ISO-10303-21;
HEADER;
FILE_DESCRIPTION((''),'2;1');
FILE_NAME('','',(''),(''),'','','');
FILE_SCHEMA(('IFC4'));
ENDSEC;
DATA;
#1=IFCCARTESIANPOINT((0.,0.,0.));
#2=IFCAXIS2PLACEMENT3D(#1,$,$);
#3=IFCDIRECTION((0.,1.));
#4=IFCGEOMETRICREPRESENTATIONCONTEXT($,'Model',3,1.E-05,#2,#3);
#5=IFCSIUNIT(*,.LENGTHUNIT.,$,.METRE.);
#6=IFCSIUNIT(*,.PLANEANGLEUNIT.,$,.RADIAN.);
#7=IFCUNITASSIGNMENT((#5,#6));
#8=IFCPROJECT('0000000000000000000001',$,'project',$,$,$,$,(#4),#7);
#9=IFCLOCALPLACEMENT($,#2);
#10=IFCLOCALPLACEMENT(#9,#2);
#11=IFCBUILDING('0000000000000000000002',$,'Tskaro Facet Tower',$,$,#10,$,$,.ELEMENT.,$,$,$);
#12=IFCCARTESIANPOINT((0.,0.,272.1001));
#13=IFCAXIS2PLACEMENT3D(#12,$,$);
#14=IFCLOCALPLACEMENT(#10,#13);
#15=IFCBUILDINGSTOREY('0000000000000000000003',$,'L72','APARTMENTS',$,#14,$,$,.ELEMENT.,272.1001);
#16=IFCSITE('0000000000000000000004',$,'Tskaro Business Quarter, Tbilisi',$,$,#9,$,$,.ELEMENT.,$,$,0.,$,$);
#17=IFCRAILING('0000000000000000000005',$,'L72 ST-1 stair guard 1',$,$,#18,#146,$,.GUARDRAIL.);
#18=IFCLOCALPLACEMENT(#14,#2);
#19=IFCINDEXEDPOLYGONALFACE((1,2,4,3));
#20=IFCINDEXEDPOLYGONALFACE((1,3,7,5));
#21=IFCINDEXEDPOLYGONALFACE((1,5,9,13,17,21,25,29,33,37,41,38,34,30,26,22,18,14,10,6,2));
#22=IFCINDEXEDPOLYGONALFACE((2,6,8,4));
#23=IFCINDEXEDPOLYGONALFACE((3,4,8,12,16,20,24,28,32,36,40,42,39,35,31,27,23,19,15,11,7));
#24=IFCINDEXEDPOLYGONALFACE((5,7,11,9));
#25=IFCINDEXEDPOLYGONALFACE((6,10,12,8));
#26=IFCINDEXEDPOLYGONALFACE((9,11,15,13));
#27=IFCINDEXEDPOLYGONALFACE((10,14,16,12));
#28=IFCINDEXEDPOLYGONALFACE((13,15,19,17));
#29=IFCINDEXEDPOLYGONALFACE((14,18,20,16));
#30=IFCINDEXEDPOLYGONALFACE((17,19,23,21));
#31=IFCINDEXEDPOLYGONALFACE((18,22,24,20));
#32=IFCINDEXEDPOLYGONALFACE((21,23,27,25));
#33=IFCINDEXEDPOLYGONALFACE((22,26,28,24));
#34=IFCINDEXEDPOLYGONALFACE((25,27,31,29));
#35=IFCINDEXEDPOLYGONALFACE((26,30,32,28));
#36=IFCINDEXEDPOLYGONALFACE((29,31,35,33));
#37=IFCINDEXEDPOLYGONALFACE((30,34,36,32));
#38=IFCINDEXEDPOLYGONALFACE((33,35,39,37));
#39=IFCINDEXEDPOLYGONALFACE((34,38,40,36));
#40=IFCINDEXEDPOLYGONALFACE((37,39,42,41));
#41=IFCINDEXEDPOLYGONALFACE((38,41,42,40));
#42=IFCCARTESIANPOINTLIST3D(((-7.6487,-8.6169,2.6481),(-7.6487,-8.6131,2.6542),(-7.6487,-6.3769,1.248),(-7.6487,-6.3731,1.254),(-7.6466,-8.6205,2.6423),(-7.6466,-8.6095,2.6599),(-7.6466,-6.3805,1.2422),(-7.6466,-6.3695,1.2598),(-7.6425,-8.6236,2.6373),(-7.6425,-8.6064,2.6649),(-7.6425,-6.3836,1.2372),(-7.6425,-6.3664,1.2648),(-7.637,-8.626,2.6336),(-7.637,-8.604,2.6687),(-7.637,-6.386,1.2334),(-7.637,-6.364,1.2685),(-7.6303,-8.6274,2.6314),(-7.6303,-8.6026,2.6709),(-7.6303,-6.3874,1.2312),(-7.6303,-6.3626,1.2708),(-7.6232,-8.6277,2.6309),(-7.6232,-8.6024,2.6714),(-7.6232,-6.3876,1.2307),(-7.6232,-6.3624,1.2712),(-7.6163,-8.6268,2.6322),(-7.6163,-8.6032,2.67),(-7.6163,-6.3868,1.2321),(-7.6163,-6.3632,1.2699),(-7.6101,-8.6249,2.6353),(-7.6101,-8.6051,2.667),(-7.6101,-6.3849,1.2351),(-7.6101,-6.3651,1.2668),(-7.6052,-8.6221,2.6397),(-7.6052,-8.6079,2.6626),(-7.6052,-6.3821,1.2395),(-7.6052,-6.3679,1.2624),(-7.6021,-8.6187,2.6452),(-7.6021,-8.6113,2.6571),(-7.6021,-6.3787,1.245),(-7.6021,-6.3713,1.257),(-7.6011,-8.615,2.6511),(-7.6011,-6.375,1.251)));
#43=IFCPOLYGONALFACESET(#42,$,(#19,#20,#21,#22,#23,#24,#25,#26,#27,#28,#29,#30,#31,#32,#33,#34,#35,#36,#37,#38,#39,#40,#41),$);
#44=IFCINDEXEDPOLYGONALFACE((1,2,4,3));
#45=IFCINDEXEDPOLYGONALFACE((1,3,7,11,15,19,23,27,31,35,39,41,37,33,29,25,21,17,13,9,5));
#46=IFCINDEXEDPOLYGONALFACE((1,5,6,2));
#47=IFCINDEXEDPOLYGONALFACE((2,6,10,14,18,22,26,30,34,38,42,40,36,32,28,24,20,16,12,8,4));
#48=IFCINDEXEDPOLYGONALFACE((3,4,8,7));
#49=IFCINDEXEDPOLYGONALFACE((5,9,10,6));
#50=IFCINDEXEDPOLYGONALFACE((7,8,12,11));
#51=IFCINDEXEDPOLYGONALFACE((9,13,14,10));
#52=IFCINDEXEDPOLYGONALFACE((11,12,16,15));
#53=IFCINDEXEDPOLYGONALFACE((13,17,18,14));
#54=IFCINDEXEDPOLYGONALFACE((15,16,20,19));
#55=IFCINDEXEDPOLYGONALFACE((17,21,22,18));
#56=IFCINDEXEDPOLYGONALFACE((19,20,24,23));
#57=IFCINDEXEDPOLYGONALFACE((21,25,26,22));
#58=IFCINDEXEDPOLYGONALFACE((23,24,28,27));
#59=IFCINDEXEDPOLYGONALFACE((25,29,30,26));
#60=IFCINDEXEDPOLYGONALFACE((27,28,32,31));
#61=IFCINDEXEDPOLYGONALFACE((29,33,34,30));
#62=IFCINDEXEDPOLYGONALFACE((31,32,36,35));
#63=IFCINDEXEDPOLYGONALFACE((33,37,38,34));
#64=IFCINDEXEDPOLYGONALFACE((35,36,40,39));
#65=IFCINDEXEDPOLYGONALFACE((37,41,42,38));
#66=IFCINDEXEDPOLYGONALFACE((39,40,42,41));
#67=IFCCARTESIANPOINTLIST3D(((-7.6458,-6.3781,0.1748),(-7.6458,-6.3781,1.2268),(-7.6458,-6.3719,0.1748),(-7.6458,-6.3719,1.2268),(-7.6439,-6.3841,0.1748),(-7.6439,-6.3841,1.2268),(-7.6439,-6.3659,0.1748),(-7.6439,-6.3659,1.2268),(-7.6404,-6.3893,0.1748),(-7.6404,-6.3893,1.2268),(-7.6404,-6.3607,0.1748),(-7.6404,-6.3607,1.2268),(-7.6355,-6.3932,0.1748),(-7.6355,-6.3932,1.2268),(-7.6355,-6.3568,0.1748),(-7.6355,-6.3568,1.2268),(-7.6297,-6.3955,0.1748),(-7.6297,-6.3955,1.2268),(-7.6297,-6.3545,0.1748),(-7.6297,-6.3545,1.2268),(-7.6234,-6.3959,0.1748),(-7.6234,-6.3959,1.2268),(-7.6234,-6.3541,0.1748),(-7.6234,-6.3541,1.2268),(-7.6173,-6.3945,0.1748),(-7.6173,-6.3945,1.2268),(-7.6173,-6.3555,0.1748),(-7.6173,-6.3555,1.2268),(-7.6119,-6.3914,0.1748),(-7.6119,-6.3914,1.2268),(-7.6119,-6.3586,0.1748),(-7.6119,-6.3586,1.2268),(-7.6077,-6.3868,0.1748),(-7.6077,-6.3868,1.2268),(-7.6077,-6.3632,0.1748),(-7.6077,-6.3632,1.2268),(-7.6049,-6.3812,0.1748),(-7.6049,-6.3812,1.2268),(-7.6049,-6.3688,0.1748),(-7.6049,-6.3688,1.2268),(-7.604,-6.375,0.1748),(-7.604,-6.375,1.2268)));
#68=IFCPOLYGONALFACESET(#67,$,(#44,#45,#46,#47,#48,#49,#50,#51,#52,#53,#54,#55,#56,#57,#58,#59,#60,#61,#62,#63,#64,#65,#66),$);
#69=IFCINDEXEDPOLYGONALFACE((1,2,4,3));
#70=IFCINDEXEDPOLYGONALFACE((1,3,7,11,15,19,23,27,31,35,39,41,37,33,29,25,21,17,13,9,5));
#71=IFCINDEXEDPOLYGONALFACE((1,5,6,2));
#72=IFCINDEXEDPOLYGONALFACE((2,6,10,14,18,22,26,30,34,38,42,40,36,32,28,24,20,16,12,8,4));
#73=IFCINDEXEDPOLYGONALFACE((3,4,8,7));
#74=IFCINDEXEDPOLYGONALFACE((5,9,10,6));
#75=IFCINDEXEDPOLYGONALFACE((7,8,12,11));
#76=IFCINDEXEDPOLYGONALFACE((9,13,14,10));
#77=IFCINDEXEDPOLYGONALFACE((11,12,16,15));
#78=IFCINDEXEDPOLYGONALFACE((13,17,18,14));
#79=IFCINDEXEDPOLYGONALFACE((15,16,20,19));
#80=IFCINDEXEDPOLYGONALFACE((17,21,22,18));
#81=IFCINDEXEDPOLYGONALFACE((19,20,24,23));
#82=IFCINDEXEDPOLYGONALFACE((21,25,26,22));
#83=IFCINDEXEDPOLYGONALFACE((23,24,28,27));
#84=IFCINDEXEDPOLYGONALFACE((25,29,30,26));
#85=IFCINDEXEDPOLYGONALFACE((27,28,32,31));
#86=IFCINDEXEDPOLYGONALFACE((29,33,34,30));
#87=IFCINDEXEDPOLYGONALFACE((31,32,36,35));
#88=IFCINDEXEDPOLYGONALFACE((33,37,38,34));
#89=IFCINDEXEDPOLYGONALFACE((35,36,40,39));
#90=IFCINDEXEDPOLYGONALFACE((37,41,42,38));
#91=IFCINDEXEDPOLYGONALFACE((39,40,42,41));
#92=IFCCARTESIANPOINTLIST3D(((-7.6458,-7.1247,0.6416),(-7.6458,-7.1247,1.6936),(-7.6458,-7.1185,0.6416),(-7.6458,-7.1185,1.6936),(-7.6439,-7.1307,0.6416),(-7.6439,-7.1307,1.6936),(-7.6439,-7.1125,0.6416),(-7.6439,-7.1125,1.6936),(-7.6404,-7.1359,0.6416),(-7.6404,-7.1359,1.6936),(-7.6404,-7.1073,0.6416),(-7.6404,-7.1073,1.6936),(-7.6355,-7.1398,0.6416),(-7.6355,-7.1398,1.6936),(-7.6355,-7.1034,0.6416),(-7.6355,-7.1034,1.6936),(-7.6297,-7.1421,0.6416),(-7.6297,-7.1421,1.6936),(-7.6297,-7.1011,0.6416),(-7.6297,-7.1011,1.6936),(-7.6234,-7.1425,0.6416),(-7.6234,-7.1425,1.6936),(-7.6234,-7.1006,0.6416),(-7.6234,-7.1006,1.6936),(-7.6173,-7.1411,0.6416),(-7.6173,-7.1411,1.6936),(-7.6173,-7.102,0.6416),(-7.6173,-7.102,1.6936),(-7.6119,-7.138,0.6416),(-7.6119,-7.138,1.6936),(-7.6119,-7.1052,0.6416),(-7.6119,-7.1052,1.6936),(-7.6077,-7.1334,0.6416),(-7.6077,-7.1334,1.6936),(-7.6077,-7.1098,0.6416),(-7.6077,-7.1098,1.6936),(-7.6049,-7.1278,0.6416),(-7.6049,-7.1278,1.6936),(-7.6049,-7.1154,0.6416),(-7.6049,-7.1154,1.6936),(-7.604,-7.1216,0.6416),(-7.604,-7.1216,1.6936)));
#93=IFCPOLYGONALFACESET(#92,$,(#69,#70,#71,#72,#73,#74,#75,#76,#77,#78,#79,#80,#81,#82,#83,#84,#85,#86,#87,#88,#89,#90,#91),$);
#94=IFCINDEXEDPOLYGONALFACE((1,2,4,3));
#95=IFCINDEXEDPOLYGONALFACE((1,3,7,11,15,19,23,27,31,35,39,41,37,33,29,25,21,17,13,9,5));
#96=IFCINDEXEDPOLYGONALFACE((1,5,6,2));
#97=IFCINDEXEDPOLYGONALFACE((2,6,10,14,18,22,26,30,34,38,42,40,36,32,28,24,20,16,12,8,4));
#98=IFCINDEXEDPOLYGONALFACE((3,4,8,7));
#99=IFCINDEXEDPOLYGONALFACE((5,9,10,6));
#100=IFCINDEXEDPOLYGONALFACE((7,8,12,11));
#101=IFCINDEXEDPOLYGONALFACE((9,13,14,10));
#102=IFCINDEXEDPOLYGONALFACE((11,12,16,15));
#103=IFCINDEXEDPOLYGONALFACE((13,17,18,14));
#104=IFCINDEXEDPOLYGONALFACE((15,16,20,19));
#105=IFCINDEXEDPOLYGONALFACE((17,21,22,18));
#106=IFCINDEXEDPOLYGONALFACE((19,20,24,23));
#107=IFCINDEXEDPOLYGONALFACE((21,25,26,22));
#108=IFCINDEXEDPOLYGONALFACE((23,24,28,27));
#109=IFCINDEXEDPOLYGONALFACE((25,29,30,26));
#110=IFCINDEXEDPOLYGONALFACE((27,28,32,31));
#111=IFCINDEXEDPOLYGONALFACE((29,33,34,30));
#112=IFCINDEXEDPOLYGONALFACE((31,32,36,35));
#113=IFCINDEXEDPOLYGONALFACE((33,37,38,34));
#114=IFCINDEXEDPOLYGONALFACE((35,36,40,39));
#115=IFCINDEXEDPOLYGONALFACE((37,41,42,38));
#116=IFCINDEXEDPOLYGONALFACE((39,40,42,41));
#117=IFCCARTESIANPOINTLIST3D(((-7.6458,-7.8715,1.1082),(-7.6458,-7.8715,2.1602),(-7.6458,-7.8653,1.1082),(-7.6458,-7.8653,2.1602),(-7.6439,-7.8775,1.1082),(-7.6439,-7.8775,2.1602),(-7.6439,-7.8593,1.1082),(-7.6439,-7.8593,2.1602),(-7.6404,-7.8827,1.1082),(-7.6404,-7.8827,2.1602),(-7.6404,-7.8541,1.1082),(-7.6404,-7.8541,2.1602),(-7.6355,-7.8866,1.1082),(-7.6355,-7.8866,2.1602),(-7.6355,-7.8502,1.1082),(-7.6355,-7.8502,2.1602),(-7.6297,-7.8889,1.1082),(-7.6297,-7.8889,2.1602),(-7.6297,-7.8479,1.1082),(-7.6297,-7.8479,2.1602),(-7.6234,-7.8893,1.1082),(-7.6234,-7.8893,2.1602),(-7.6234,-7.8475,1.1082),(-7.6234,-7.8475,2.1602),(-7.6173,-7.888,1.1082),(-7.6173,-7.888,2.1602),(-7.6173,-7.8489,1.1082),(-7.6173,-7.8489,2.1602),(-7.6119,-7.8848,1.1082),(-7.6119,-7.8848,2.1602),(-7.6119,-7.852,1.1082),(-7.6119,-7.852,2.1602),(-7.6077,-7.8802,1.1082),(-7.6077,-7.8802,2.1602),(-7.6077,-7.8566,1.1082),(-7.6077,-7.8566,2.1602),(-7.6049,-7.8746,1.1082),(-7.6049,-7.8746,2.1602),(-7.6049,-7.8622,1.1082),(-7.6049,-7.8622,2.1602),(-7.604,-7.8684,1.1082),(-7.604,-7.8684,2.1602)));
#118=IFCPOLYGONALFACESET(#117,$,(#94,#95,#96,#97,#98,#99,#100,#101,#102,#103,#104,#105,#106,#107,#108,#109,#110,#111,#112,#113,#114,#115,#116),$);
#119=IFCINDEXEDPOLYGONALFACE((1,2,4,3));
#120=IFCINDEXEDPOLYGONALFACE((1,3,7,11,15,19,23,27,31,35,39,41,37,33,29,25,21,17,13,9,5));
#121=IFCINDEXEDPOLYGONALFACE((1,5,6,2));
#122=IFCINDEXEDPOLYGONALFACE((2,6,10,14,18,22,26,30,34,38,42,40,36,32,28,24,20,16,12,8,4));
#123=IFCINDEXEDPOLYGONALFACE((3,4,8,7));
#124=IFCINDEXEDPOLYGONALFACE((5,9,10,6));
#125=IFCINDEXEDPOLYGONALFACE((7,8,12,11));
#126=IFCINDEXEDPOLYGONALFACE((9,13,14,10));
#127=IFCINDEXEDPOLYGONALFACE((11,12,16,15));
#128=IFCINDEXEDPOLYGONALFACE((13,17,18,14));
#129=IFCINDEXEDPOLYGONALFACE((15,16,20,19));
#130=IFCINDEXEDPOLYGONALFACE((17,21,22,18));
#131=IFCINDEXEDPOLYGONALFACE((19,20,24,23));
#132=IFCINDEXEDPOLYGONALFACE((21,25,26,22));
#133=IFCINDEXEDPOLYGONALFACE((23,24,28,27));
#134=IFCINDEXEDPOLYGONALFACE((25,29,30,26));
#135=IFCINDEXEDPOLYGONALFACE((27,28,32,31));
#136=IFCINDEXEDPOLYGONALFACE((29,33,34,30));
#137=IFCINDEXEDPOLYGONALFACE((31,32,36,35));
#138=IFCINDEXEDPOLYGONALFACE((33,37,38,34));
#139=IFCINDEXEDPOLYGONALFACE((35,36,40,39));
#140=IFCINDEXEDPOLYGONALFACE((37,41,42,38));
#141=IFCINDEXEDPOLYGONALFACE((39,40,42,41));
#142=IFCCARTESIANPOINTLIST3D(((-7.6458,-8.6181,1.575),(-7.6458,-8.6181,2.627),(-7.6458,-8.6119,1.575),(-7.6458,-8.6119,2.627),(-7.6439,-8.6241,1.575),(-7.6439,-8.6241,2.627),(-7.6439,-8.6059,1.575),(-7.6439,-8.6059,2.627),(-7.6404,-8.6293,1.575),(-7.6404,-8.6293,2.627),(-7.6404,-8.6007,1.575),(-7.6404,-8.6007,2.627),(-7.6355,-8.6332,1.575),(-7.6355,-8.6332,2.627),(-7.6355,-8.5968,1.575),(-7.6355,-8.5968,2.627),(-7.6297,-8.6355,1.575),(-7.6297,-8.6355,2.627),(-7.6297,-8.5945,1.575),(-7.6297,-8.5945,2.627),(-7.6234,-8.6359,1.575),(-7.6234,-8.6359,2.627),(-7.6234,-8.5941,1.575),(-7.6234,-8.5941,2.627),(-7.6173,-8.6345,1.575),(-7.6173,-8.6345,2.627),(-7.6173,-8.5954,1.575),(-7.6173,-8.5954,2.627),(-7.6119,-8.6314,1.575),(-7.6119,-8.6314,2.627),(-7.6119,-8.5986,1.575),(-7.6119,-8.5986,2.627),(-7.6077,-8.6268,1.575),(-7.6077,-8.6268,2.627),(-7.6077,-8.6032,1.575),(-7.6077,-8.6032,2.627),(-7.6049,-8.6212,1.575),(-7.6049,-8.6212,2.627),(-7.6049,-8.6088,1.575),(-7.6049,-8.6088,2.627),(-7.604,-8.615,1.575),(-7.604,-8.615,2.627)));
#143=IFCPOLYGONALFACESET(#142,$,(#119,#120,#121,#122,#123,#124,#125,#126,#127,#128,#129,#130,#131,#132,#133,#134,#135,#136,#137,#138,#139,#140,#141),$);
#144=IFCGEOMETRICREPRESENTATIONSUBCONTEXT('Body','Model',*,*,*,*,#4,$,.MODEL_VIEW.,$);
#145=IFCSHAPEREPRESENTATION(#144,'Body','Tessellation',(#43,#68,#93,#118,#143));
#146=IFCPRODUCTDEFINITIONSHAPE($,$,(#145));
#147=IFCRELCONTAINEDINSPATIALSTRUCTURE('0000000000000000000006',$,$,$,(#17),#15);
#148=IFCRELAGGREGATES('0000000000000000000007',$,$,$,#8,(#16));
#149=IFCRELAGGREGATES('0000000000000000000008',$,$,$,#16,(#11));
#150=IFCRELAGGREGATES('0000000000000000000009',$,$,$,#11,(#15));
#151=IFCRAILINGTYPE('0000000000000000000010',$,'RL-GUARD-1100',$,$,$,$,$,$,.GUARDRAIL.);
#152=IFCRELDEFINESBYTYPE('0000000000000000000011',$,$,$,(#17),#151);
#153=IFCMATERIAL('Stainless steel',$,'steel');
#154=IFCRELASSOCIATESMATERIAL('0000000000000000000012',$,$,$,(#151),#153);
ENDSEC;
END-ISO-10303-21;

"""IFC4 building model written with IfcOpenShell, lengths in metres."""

from ifc_helpers import new_model, si_unit, direction, frame, origin, origin_2d, place, context, subcontext, project, spatial, circle, extrude, material, type_object, element, save


model = new_model("IFC4")

# Units and contexts
model_context = context("Model", 3, precision=1e-05, world=origin(), true_north=direction((0.0, 1.0)))
body_context = subcontext(model_context, "Body", "Model", "MODEL_VIEW")
ifc_project = project(units=[si_unit("LENGTHUNIT", "METRE"), si_unit("PLANEANGLEUNIT", "RADIAN")], contexts=[model_context])

# Site, building, storey
site_placement = place(None, origin())
site = spatial("IfcSite", under=ifc_project, at=site_placement, Name="Tskaro Business Quarter, Tbilisi", CompositionType="ELEMENT", RefElevation=0.0)
building_placement = place(site_placement, origin())
building = spatial("IfcBuilding", under=site, at=building_placement, Name="Tskaro Facet Tower", CompositionType="ELEMENT")
storey_placement = place(building_placement, frame((0.0, 0.0, 272.1001)))
storey = spatial("IfcBuildingStorey", under=building, at=storey_placement, Name="L72", Description="APARTMENTS", CompositionType="ELEMENT", Elevation=272.1001)

# Shared definitions
ifc_material_1 = material(Name="Stainless steel", Category="steel")

# Railing
railing_type_1 = type_object("IfcRailingType", Name="RL-GUARD-1100", PredefinedType="GUARDRAIL", material=ifc_material_1)
railing_1_placement = place(storey_placement, frame((-7.625, -6.375, 0.1748)))
element("IfcRailing", 1, at=railing_1_placement, inside=storey, type_object=railing_type_1, Name="L72 ST-1 stair guard 1", PredefinedType="GUARDRAIL", context=body_context, shape_type="SweptSolid", body=[
    extrude(circle(Radius=0.0239, at=origin_2d()), frame((0.0, 0.0, 1.0762), z_axis=(0.0, -0.847972, 0.53004), x_axis=(1.0, 0.0, 0.0)), (0.0, 0.0, 1.0), 2.6416),
    extrude(circle(Radius=0.021, at=origin_2d()), origin(), (0.0, 0.0, 1.0), 1.052),
    extrude(circle(Radius=0.021, at=origin_2d()), frame((0.0, -0.7466, 0.4668)), (0.0, 0.0, 1.0), 1.052),
    extrude(circle(Radius=0.021, at=origin_2d()), frame((0.0, -1.4934, 0.9333)), (0.0, 0.0, 1.0), 1.052),
    extrude(circle(Radius=0.021, at=origin_2d()), frame((0.0, -2.24, 1.4001)), (0.0, 0.0, 1.0), 1.052),
])

save(model, "model.ifc")
